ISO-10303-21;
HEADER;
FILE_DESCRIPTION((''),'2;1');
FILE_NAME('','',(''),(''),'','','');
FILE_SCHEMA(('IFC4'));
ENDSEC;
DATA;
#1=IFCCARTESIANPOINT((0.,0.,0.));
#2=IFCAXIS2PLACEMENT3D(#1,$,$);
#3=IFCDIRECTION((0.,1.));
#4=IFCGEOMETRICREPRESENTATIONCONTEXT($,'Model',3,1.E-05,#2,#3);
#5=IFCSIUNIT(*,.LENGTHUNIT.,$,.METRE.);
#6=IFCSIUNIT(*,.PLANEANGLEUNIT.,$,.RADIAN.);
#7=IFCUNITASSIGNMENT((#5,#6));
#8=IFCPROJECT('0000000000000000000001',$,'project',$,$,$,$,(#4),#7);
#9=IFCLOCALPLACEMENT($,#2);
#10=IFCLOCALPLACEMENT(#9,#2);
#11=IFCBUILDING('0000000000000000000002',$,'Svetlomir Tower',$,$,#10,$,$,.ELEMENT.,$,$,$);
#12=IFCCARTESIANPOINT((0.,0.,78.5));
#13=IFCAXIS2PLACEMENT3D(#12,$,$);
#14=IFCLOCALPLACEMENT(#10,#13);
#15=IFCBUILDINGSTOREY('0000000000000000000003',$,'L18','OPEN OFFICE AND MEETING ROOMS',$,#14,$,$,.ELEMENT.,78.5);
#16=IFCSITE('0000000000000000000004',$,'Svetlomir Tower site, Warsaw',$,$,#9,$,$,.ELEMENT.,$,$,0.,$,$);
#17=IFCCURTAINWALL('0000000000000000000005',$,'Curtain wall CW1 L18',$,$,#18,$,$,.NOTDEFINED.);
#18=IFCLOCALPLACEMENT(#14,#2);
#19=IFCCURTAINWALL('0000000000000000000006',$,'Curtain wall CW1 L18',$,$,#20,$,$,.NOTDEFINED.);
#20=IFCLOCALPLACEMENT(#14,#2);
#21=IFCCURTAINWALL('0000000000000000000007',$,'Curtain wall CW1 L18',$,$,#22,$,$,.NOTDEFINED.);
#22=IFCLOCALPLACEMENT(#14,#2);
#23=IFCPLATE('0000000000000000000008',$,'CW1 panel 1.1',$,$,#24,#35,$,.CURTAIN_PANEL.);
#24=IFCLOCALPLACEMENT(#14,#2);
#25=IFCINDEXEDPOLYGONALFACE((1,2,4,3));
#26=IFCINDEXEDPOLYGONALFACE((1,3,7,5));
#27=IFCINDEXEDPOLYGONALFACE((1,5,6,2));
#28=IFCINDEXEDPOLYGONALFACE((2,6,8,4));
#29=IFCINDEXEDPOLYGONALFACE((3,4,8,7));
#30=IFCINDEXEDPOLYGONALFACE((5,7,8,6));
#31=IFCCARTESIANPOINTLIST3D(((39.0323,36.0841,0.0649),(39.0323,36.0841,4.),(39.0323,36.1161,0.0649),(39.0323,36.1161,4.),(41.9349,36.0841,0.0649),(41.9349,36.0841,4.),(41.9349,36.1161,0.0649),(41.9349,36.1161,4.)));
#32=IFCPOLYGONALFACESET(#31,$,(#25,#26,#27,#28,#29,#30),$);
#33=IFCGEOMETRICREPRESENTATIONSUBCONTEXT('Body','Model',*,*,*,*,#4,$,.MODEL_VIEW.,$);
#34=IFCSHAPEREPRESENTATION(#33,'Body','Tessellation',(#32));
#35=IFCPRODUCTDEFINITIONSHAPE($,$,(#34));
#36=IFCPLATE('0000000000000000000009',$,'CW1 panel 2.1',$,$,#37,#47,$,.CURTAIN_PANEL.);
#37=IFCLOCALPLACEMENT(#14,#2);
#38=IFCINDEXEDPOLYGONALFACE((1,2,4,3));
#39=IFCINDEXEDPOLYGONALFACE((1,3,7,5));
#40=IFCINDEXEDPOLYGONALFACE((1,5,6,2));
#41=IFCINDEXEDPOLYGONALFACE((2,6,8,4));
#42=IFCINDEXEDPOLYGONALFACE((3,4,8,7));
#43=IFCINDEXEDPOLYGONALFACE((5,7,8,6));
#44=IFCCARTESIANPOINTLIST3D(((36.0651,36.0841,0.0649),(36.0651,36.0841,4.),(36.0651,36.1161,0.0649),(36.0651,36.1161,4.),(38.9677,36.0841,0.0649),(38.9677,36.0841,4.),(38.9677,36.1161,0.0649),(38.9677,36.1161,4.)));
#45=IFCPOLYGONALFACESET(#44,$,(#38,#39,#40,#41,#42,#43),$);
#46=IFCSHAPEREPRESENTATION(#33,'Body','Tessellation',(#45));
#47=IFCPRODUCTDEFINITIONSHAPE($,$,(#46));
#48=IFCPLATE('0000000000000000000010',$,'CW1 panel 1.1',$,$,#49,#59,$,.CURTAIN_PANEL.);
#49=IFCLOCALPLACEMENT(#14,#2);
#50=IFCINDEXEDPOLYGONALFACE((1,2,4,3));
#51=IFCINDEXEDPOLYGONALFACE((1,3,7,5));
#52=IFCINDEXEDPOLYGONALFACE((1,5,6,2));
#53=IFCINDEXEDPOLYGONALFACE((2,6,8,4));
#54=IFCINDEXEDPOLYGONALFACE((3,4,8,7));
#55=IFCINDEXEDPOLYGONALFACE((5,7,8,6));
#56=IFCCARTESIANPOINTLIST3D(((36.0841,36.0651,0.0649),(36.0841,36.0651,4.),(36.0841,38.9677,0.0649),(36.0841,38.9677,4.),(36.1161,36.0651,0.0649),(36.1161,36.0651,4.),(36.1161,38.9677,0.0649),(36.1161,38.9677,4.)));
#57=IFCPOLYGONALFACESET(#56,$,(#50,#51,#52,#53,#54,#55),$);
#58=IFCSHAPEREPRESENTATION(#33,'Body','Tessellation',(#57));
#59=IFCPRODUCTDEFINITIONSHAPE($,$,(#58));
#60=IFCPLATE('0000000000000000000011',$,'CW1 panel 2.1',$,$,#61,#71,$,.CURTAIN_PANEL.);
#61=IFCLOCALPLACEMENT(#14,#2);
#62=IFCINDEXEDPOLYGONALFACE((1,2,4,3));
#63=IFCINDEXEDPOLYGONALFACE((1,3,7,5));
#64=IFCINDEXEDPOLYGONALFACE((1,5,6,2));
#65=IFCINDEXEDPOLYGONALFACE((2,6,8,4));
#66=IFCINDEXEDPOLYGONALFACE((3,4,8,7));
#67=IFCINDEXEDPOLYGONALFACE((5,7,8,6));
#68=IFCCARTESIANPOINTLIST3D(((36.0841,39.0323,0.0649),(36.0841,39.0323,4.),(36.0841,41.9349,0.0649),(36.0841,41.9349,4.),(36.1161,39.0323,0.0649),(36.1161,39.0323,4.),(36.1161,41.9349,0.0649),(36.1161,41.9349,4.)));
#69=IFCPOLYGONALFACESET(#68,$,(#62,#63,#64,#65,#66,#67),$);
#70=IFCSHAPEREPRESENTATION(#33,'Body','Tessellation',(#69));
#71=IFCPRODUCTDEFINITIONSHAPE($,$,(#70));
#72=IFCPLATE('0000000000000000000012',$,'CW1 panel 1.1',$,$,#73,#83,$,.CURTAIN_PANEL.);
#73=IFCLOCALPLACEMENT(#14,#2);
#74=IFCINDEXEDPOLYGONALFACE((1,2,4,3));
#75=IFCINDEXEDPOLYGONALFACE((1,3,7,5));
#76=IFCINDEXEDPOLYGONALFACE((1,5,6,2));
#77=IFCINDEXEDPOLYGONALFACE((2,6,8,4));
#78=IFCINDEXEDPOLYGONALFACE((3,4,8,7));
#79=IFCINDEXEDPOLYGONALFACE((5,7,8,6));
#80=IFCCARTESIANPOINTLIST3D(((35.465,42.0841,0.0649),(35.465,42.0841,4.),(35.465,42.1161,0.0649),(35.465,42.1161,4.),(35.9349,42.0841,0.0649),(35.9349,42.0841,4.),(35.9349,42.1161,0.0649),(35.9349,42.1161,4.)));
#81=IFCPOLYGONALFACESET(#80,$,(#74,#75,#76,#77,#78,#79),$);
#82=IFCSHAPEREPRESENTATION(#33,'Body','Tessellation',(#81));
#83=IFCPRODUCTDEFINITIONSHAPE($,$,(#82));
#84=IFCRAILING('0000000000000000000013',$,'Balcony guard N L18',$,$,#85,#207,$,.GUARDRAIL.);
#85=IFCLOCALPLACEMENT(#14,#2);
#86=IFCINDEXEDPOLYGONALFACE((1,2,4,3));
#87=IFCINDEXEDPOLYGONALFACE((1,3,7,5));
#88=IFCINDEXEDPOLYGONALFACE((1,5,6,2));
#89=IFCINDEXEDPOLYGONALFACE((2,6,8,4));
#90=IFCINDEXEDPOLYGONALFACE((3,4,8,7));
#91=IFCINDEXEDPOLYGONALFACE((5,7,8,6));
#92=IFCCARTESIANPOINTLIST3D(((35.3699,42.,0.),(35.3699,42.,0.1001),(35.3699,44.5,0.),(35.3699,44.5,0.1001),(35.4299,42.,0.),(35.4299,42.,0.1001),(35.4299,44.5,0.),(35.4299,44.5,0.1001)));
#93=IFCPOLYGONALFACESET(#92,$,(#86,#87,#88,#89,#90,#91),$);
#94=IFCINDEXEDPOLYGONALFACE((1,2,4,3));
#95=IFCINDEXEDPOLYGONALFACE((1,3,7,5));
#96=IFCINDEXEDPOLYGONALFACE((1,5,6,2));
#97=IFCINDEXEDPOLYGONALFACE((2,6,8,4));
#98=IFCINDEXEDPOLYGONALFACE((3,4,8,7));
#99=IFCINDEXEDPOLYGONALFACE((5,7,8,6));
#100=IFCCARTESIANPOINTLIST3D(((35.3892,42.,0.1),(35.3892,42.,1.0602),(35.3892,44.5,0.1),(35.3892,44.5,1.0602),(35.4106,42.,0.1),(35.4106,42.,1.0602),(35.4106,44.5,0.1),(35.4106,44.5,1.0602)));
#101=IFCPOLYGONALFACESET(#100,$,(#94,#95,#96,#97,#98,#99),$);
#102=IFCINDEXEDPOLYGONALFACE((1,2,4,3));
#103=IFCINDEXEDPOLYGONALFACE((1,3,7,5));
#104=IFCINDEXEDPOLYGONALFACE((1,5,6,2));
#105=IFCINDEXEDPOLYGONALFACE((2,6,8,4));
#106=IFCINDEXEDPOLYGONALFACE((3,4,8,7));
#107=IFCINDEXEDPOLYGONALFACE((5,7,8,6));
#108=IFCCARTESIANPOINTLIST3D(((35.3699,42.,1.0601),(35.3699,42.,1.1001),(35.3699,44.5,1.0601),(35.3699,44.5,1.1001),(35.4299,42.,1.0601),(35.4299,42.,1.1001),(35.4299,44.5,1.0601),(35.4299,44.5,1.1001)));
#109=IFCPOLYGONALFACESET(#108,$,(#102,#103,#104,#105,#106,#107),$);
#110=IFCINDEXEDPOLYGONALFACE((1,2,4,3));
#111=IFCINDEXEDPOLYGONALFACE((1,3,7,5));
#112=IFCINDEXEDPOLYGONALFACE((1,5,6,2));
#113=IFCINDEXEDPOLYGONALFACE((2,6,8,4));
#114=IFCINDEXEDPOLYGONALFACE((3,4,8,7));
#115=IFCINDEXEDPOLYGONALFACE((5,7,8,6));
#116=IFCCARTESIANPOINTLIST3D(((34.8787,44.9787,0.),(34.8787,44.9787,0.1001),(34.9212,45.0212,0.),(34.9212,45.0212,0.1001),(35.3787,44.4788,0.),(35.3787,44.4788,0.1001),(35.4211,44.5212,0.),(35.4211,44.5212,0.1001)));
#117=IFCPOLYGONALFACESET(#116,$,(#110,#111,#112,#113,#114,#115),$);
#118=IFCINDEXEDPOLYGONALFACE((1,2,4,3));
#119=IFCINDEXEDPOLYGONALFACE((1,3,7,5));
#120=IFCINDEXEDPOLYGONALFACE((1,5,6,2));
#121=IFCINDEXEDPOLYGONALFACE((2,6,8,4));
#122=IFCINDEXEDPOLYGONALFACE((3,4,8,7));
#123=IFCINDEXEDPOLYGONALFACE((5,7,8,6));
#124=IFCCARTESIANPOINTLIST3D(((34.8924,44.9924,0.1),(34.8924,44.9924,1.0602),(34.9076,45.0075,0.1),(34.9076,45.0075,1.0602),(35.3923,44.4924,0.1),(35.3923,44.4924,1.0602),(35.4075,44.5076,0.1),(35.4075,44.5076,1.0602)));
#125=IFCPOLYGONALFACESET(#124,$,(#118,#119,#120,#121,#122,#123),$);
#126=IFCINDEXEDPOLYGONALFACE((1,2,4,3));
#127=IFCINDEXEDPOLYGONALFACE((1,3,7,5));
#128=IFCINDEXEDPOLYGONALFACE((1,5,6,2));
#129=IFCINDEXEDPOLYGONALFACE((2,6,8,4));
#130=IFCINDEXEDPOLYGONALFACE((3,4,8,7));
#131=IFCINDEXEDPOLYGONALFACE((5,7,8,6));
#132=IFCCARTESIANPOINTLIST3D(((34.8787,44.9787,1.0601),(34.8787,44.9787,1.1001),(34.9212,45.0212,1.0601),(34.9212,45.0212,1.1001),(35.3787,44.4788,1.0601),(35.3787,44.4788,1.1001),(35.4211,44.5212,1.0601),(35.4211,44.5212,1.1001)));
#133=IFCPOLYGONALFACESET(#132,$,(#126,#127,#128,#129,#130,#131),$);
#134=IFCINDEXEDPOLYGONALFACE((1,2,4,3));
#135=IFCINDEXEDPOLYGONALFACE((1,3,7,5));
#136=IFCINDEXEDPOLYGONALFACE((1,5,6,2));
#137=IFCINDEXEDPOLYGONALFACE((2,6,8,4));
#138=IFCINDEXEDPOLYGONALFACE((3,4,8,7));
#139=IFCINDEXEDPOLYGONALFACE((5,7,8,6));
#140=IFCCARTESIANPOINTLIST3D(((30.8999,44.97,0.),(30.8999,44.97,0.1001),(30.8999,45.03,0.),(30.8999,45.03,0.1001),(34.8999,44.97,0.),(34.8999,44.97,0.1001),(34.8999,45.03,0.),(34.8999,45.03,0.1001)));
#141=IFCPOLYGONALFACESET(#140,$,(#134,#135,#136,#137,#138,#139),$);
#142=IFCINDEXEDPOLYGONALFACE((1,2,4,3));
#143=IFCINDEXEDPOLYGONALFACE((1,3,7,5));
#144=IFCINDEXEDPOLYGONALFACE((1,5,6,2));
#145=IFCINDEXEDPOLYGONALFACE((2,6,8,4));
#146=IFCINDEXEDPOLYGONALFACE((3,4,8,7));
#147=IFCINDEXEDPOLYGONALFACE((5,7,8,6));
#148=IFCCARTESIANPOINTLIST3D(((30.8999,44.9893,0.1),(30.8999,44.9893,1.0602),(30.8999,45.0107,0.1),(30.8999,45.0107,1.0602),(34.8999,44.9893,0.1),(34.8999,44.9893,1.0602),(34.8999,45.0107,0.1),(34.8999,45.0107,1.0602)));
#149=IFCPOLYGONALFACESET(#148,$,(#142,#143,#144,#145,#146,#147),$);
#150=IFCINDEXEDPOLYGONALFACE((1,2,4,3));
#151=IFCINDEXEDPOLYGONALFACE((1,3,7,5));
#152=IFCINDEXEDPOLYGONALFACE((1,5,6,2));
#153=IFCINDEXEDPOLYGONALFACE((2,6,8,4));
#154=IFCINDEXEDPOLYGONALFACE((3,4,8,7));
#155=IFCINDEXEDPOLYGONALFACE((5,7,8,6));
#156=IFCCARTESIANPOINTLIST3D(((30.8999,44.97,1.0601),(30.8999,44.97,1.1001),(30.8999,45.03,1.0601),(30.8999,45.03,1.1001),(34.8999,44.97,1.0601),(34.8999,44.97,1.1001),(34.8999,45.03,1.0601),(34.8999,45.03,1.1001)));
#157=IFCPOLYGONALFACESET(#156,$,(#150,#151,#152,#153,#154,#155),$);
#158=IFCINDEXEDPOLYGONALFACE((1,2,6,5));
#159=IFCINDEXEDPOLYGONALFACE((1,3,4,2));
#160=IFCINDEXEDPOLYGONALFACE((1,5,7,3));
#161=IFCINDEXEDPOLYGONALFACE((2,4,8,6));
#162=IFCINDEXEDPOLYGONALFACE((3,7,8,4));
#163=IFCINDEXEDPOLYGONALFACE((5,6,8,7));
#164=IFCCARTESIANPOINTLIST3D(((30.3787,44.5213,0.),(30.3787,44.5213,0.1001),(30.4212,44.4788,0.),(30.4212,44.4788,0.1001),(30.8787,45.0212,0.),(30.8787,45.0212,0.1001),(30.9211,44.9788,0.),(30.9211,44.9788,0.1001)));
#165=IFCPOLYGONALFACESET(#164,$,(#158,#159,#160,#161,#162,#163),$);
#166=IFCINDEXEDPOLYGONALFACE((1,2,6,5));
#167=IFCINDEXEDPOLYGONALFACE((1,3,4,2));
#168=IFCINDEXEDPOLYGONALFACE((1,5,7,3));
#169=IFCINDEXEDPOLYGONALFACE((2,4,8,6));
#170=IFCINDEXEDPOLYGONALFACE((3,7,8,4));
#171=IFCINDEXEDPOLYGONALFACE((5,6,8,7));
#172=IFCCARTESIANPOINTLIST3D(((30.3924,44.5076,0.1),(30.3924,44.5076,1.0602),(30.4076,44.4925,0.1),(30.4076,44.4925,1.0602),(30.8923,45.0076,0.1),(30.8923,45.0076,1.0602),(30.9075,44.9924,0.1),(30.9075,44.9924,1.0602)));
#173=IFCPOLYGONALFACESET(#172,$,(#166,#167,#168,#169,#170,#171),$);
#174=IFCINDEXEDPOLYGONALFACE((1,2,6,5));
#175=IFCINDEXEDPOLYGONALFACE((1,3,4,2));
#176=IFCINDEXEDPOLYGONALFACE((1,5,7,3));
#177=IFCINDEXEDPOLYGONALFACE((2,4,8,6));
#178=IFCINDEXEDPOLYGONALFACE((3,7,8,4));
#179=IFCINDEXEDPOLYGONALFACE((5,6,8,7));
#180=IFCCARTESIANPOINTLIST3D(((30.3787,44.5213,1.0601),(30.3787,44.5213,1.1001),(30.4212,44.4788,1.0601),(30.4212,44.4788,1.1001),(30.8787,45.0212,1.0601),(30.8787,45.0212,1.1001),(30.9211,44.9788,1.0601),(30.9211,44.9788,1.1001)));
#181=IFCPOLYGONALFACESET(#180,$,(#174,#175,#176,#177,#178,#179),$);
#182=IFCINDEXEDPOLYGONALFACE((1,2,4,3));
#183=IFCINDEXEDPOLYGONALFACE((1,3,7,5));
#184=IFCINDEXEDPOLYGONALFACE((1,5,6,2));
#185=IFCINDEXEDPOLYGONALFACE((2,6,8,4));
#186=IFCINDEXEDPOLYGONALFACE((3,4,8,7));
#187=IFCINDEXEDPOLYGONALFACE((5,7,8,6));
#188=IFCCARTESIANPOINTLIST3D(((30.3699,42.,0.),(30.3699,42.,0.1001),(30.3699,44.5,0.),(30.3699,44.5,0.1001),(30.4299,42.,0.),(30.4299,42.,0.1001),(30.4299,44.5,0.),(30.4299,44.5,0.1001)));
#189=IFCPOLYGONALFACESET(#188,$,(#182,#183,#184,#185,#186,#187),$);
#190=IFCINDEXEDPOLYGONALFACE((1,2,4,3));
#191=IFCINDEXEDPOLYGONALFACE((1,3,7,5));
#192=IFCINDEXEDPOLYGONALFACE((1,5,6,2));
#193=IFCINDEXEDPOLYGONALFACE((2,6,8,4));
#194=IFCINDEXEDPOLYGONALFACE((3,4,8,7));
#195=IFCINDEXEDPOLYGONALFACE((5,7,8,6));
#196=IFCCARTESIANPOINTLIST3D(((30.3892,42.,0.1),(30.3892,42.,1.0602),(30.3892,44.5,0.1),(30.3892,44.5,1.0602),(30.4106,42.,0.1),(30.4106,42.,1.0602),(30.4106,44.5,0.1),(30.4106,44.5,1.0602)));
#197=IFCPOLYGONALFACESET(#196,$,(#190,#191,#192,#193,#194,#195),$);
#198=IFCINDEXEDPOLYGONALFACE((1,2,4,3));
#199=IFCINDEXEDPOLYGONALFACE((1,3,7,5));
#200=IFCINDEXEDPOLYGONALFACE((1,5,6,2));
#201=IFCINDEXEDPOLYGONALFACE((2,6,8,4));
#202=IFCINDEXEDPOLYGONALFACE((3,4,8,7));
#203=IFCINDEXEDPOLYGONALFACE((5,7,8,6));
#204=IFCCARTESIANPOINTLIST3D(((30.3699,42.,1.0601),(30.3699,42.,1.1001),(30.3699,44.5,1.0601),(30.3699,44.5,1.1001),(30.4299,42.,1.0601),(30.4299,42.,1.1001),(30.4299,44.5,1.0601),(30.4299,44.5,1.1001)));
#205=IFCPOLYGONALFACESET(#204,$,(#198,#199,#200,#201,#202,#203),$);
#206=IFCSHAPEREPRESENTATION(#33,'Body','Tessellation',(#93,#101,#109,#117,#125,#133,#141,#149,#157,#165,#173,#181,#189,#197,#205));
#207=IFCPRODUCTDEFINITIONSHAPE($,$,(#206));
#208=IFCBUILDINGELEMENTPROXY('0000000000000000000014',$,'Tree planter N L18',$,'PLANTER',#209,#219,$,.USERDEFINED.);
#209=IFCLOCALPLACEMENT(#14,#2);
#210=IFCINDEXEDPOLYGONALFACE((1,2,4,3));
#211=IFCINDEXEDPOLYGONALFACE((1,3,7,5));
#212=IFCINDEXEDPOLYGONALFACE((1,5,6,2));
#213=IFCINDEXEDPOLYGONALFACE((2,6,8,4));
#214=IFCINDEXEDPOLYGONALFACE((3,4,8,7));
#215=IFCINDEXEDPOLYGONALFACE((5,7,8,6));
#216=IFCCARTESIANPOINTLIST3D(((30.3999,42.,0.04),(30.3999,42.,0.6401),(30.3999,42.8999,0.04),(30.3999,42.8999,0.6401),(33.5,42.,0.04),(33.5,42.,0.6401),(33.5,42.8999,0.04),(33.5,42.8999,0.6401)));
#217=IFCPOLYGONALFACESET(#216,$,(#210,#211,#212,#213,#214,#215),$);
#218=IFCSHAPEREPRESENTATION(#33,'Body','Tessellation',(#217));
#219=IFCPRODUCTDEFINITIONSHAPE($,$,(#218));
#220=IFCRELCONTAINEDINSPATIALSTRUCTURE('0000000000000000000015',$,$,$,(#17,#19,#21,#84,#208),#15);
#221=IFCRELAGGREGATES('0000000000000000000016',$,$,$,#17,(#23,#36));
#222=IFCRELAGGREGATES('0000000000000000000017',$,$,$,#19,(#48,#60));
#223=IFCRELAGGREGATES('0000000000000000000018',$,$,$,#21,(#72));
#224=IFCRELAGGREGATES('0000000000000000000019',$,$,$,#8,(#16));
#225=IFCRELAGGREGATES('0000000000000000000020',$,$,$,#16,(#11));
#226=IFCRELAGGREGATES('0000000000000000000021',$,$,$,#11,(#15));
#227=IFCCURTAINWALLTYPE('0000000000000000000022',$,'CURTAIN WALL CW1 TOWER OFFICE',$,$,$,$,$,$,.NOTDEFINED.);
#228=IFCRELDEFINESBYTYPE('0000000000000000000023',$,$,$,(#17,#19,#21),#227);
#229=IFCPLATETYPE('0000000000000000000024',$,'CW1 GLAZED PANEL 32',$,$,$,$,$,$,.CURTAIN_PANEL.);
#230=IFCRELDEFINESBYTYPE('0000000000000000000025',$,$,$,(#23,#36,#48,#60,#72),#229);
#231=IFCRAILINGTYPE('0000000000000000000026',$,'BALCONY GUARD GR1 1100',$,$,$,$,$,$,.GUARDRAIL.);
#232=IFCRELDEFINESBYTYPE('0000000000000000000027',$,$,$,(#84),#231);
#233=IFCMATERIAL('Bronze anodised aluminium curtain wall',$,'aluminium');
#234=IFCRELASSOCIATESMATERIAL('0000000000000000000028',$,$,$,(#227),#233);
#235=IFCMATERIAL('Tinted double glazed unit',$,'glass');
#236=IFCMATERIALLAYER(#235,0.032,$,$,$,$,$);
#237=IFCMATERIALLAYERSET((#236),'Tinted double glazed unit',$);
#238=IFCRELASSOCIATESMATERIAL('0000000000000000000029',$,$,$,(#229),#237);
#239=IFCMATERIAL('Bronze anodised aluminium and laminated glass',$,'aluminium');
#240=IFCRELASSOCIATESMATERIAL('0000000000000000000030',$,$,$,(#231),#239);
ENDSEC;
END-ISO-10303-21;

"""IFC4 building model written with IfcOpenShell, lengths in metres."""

from ifc_helpers import new_model, si_unit, direction, frame, origin, origin_2d, place, context, subcontext, project, spatial, rectangle, extrude, material, layer, layer_set, type_object, element, aggregate, save


model = new_model("IFC4")

# Units and contexts
model_context = context("Model", 3, precision=1e-05, world=origin(), true_north=direction((0.0, 1.0)))
body_context = subcontext(model_context, "Body", "Model", "MODEL_VIEW")
ifc_project = project(units=[si_unit("LENGTHUNIT", "METRE"), si_unit("PLANEANGLEUNIT", "RADIAN")], contexts=[model_context])

# Site, building, storey
site_placement = place(None, origin())
site = spatial("IfcSite", under=ifc_project, at=site_placement, Name="Svetlomir Tower site, Warsaw", CompositionType="ELEMENT", RefElevation=0.0)
building_placement = place(site_placement, origin())
building = spatial("IfcBuilding", under=site, at=building_placement, Name="Svetlomir Tower", CompositionType="ELEMENT")
storey_placement = place(building_placement, frame((0.0, 0.0, 78.5)))
storey = spatial("IfcBuildingStorey", under=building, at=storey_placement, Name="L18", Description="OPEN OFFICE AND MEETING ROOMS", CompositionType="ELEMENT", Elevation=78.5)

# Curtain walls
ifc_material_1 = material(Name="Bronze anodised aluminium curtain wall", Category="aluminium")
curtain_wall_type = type_object("IfcCurtainWallType", Name="CURTAIN WALL CW1 TOWER OFFICE", PredefinedType="NOTDEFINED", material=ifc_material_1)
curtain_wall_1_placement = place(storey_placement, origin())
curtain_wall_1 = element("IfcCurtainWall", 1, at=curtain_wall_1_placement, inside=storey, type_object=curtain_wall_type, Name="Curtain wall CW1 L18", PredefinedType="NOTDEFINED")
curtain_wall_2_placement = place(storey_placement, origin())
curtain_wall_2 = element("IfcCurtainWall", 2, at=curtain_wall_2_placement, inside=storey, type_object=curtain_wall_type, Name="Curtain wall CW1 L18", PredefinedType="NOTDEFINED")
curtain_wall_3_placement = place(storey_placement, origin())
curtain_wall_3 = element("IfcCurtainWall", 3, at=curtain_wall_3_placement, inside=storey, type_object=curtain_wall_type, Name="Curtain wall CW1 L18", PredefinedType="NOTDEFINED")

# Plates
ifc_material_2 = material(Name="Tinted double glazed unit", Category="glass")
ifc_layer_1 = layer(ifc_material_2, 0.032)
ifc_layer_set_1 = layer_set([ifc_layer_1], Name="Tinted double glazed unit")
plate_type = type_object("IfcPlateType", Name="CW1 GLAZED PANEL 32", PredefinedType="CURTAIN_PANEL", material=ifc_layer_set_1)
plate_1_placement = place(storey_placement, frame((40.4836, 36.1001, 0.0649), z_axis=(0.0, 0.0, 1.0), x_axis=(-1.0, 0.0, 0.0)))
plate_1 = element("IfcPlate", 4, at=plate_1_placement, type_object=plate_type, Name="CW1 panel 1.1", PredefinedType="CURTAIN_PANEL", context=body_context, shape_type="SweptSolid", body=[
    extrude(rectangle(XDim=2.9026, YDim=0.032, at=origin_2d()), origin(), (0.0, 0.0, 1.0), 3.9351),
])
plate_2_placement = place(storey_placement, frame((37.5164, 36.1001, 0.0649), z_axis=(0.0, 0.0, 1.0), x_axis=(-1.0, 0.0, 0.0)))
plate_2 = element("IfcPlate", 5, at=plate_2_placement, type_object=plate_type, Name="CW1 panel 2.1", PredefinedType="CURTAIN_PANEL", context=body_context, shape_type="SweptSolid", body=[
    extrude(rectangle(XDim=2.9026, YDim=0.032, at=origin_2d()), origin(), (0.0, 0.0, 1.0), 3.9351),
])
aggregate(curtain_wall_1, [plate_1, plate_2])
plate_3_placement = place(storey_placement, frame((36.1001, 37.5164, 0.0649), z_axis=(0.0, 0.0, 1.0), x_axis=(0.0, 1.0, 0.0)))
plate_3 = element("IfcPlate", 6, at=plate_3_placement, type_object=plate_type, Name="CW1 panel 1.1", PredefinedType="CURTAIN_PANEL", context=body_context, shape_type="SweptSolid", body=[
    extrude(rectangle(XDim=2.9026, YDim=0.032, at=origin_2d()), origin(), (0.0, 0.0, 1.0), 3.9351),
])
plate_4_placement = place(storey_placement, frame((36.1001, 40.4836, 0.0649), z_axis=(0.0, 0.0, 1.0), x_axis=(0.0, 1.0, 0.0)))
plate_4 = element("IfcPlate", 7, at=plate_4_placement, type_object=plate_type, Name="CW1 panel 2.1", PredefinedType="CURTAIN_PANEL", context=body_context, shape_type="SweptSolid", body=[
    extrude(rectangle(XDim=2.9026, YDim=0.032, at=origin_2d()), origin(), (0.0, 0.0, 1.0), 3.9351),
])
aggregate(curtain_wall_2, [plate_3, plate_4])
plate_5_placement = place(storey_placement, frame((35.7, 42.1001, 0.0649), z_axis=(0.0, 0.0, 1.0), x_axis=(-1.0, 0.0, 0.0)))
plate_5 = element("IfcPlate", 8, at=plate_5_placement, type_object=plate_type, Name="CW1 panel 1.1", PredefinedType="CURTAIN_PANEL", context=body_context, shape_type="SweptSolid", body=[
    extrude(rectangle(XDim=0.47, YDim=0.032, at=origin_2d()), origin(), (0.0, 0.0, 1.0), 3.9351),
])
aggregate(curtain_wall_3, [plate_5])

# Railing
ifc_material_3 = material(Name="Bronze anodised aluminium and laminated glass", Category="aluminium")
railing_type = type_object("IfcRailingType", Name="BALCONY GUARD GR1 1100", PredefinedType="GUARDRAIL", material=ifc_material_3)
railing_placement = place(storey_placement, frame((35.3999, 42.0, 0.0)))
element("IfcRailing", 9, at=railing_placement, inside=storey, type_object=railing_type, Name="Balcony guard N L18", PredefinedType="GUARDRAIL", context=body_context, shape_type="SweptSolid", body=[
    extrude(rectangle(XDim=0.0601, YDim=0.1001, at=origin_2d()), frame((0.0, 0.0, 0.05), z_axis=(0.0, 1.0, 0.0), x_axis=(-1.0, 0.0, 0.0)), (0.0, 0.0, 1.0), 2.5),
    extrude(rectangle(XDim=0.0215, YDim=0.9602, at=origin_2d()), frame((0.0, 0.0, 0.5801), z_axis=(0.0, 1.0, 0.0), x_axis=(-1.0, 0.0, 0.0)), (0.0, 0.0, 1.0), 2.5),
    extrude(rectangle(XDim=0.0601, YDim=0.04, at=origin_2d()), frame((0.0, 0.0, 1.0801), z_axis=(0.0, 1.0, 0.0), x_axis=(-1.0, 0.0, 0.0)), (0.0, 0.0, 1.0), 2.5),
    extrude(rectangle(XDim=0.0601, YDim=0.1001, at=origin_2d()), frame((0.0, 2.5, 0.05), z_axis=(-0.707107, 0.707107, 0.0), x_axis=(-0.707107, -0.707107, 0.0)), (0.0, 0.0, 1.0), 0.707),
    extrude(rectangle(XDim=0.0215, YDim=0.9602, at=origin_2d()), frame((0.0, 2.5, 0.5801), z_axis=(-0.707107, 0.707107, 0.0), x_axis=(-0.707107, -0.707107, 0.0)), (0.0, 0.0, 1.0), 0.707),
    extrude(rectangle(XDim=0.0601, YDim=0.04, at=origin_2d()), frame((0.0, 2.5, 1.0801), z_axis=(-0.707107, 0.707107, 0.0), x_axis=(-0.707107, -0.707107, 0.0)), (0.0, 0.0, 1.0), 0.707),
    extrude(rectangle(XDim=0.0601, YDim=0.1001, at=origin_2d()), frame((-0.5, 3.0, 0.05), z_axis=(-1.0, 0.0, 0.0), x_axis=(0.0, -1.0, 0.0)), (0.0, 0.0, 1.0), 4.0),
    extrude(rectangle(XDim=0.0215, YDim=0.9602, at=origin_2d()), frame((-0.5, 3.0, 0.5801), z_axis=(-1.0, 0.0, 0.0), x_axis=(0.0, -1.0, 0.0)), (0.0, 0.0, 1.0), 4.0),
    extrude(rectangle(XDim=0.0601, YDim=0.04, at=origin_2d()), frame((-0.5, 3.0, 1.0801), z_axis=(-1.0, 0.0, 0.0), x_axis=(0.0, -1.0, 0.0)), (0.0, 0.0, 1.0), 4.0),
    extrude(rectangle(XDim=0.0601, YDim=0.1001, at=origin_2d()), frame((-4.5, 3.0, 0.05), z_axis=(-0.707107, -0.707107, 0.0), x_axis=(0.707107, -0.707107, 0.0)), (0.0, 0.0, 1.0), 0.707),
    extrude(rectangle(XDim=0.0215, YDim=0.9602, at=origin_2d()), frame((-4.5, 3.0, 0.5801), z_axis=(-0.707107, -0.707107, 0.0), x_axis=(0.707107, -0.707107, 0.0)), (0.0, 0.0, 1.0), 0.707),
    extrude(rectangle(XDim=0.0601, YDim=0.04, at=origin_2d()), frame((-4.5, 3.0, 1.0801), z_axis=(-0.707107, -0.707107, 0.0), x_axis=(0.707107, -0.707107, 0.0)), (0.0, 0.0, 1.0), 0.707),
    extrude(rectangle(XDim=0.0601, YDim=0.1001, at=origin_2d()), frame((-5.0, 2.5, 0.05), z_axis=(0.0, -1.0, 0.0), x_axis=(1.0, 0.0, 0.0)), (0.0, 0.0, 1.0), 2.5),
    extrude(rectangle(XDim=0.0215, YDim=0.9602, at=origin_2d()), frame((-5.0, 2.5, 0.5801), z_axis=(0.0, -1.0, 0.0), x_axis=(1.0, 0.0, 0.0)), (0.0, 0.0, 1.0), 2.5),
    extrude(rectangle(XDim=0.0601, YDim=0.04, at=origin_2d()), frame((-5.0, 2.5, 1.0801), z_axis=(0.0, -1.0, 0.0), x_axis=(1.0, 0.0, 0.0)), (0.0, 0.0, 1.0), 2.5),
])

# Building element proxy
proxy_placement = place(storey_placement, frame((31.95, 42.45, 0.04), z_axis=(0.0, 0.0, 1.0), x_axis=(1.0, 0.0, 0.0)))
element("IfcBuildingElementProxy", 10, at=proxy_placement, inside=storey, Name="Tree planter N L18", ObjectType="PLANTER", PredefinedType="USERDEFINED", context=body_context, shape_type="SweptSolid", body=[
    extrude(rectangle(XDim=3.1001, YDim=0.8999, at=origin_2d()), origin(), (0.0, 0.0, 1.0), 0.6001),
])

save(model, "model.ifc")
